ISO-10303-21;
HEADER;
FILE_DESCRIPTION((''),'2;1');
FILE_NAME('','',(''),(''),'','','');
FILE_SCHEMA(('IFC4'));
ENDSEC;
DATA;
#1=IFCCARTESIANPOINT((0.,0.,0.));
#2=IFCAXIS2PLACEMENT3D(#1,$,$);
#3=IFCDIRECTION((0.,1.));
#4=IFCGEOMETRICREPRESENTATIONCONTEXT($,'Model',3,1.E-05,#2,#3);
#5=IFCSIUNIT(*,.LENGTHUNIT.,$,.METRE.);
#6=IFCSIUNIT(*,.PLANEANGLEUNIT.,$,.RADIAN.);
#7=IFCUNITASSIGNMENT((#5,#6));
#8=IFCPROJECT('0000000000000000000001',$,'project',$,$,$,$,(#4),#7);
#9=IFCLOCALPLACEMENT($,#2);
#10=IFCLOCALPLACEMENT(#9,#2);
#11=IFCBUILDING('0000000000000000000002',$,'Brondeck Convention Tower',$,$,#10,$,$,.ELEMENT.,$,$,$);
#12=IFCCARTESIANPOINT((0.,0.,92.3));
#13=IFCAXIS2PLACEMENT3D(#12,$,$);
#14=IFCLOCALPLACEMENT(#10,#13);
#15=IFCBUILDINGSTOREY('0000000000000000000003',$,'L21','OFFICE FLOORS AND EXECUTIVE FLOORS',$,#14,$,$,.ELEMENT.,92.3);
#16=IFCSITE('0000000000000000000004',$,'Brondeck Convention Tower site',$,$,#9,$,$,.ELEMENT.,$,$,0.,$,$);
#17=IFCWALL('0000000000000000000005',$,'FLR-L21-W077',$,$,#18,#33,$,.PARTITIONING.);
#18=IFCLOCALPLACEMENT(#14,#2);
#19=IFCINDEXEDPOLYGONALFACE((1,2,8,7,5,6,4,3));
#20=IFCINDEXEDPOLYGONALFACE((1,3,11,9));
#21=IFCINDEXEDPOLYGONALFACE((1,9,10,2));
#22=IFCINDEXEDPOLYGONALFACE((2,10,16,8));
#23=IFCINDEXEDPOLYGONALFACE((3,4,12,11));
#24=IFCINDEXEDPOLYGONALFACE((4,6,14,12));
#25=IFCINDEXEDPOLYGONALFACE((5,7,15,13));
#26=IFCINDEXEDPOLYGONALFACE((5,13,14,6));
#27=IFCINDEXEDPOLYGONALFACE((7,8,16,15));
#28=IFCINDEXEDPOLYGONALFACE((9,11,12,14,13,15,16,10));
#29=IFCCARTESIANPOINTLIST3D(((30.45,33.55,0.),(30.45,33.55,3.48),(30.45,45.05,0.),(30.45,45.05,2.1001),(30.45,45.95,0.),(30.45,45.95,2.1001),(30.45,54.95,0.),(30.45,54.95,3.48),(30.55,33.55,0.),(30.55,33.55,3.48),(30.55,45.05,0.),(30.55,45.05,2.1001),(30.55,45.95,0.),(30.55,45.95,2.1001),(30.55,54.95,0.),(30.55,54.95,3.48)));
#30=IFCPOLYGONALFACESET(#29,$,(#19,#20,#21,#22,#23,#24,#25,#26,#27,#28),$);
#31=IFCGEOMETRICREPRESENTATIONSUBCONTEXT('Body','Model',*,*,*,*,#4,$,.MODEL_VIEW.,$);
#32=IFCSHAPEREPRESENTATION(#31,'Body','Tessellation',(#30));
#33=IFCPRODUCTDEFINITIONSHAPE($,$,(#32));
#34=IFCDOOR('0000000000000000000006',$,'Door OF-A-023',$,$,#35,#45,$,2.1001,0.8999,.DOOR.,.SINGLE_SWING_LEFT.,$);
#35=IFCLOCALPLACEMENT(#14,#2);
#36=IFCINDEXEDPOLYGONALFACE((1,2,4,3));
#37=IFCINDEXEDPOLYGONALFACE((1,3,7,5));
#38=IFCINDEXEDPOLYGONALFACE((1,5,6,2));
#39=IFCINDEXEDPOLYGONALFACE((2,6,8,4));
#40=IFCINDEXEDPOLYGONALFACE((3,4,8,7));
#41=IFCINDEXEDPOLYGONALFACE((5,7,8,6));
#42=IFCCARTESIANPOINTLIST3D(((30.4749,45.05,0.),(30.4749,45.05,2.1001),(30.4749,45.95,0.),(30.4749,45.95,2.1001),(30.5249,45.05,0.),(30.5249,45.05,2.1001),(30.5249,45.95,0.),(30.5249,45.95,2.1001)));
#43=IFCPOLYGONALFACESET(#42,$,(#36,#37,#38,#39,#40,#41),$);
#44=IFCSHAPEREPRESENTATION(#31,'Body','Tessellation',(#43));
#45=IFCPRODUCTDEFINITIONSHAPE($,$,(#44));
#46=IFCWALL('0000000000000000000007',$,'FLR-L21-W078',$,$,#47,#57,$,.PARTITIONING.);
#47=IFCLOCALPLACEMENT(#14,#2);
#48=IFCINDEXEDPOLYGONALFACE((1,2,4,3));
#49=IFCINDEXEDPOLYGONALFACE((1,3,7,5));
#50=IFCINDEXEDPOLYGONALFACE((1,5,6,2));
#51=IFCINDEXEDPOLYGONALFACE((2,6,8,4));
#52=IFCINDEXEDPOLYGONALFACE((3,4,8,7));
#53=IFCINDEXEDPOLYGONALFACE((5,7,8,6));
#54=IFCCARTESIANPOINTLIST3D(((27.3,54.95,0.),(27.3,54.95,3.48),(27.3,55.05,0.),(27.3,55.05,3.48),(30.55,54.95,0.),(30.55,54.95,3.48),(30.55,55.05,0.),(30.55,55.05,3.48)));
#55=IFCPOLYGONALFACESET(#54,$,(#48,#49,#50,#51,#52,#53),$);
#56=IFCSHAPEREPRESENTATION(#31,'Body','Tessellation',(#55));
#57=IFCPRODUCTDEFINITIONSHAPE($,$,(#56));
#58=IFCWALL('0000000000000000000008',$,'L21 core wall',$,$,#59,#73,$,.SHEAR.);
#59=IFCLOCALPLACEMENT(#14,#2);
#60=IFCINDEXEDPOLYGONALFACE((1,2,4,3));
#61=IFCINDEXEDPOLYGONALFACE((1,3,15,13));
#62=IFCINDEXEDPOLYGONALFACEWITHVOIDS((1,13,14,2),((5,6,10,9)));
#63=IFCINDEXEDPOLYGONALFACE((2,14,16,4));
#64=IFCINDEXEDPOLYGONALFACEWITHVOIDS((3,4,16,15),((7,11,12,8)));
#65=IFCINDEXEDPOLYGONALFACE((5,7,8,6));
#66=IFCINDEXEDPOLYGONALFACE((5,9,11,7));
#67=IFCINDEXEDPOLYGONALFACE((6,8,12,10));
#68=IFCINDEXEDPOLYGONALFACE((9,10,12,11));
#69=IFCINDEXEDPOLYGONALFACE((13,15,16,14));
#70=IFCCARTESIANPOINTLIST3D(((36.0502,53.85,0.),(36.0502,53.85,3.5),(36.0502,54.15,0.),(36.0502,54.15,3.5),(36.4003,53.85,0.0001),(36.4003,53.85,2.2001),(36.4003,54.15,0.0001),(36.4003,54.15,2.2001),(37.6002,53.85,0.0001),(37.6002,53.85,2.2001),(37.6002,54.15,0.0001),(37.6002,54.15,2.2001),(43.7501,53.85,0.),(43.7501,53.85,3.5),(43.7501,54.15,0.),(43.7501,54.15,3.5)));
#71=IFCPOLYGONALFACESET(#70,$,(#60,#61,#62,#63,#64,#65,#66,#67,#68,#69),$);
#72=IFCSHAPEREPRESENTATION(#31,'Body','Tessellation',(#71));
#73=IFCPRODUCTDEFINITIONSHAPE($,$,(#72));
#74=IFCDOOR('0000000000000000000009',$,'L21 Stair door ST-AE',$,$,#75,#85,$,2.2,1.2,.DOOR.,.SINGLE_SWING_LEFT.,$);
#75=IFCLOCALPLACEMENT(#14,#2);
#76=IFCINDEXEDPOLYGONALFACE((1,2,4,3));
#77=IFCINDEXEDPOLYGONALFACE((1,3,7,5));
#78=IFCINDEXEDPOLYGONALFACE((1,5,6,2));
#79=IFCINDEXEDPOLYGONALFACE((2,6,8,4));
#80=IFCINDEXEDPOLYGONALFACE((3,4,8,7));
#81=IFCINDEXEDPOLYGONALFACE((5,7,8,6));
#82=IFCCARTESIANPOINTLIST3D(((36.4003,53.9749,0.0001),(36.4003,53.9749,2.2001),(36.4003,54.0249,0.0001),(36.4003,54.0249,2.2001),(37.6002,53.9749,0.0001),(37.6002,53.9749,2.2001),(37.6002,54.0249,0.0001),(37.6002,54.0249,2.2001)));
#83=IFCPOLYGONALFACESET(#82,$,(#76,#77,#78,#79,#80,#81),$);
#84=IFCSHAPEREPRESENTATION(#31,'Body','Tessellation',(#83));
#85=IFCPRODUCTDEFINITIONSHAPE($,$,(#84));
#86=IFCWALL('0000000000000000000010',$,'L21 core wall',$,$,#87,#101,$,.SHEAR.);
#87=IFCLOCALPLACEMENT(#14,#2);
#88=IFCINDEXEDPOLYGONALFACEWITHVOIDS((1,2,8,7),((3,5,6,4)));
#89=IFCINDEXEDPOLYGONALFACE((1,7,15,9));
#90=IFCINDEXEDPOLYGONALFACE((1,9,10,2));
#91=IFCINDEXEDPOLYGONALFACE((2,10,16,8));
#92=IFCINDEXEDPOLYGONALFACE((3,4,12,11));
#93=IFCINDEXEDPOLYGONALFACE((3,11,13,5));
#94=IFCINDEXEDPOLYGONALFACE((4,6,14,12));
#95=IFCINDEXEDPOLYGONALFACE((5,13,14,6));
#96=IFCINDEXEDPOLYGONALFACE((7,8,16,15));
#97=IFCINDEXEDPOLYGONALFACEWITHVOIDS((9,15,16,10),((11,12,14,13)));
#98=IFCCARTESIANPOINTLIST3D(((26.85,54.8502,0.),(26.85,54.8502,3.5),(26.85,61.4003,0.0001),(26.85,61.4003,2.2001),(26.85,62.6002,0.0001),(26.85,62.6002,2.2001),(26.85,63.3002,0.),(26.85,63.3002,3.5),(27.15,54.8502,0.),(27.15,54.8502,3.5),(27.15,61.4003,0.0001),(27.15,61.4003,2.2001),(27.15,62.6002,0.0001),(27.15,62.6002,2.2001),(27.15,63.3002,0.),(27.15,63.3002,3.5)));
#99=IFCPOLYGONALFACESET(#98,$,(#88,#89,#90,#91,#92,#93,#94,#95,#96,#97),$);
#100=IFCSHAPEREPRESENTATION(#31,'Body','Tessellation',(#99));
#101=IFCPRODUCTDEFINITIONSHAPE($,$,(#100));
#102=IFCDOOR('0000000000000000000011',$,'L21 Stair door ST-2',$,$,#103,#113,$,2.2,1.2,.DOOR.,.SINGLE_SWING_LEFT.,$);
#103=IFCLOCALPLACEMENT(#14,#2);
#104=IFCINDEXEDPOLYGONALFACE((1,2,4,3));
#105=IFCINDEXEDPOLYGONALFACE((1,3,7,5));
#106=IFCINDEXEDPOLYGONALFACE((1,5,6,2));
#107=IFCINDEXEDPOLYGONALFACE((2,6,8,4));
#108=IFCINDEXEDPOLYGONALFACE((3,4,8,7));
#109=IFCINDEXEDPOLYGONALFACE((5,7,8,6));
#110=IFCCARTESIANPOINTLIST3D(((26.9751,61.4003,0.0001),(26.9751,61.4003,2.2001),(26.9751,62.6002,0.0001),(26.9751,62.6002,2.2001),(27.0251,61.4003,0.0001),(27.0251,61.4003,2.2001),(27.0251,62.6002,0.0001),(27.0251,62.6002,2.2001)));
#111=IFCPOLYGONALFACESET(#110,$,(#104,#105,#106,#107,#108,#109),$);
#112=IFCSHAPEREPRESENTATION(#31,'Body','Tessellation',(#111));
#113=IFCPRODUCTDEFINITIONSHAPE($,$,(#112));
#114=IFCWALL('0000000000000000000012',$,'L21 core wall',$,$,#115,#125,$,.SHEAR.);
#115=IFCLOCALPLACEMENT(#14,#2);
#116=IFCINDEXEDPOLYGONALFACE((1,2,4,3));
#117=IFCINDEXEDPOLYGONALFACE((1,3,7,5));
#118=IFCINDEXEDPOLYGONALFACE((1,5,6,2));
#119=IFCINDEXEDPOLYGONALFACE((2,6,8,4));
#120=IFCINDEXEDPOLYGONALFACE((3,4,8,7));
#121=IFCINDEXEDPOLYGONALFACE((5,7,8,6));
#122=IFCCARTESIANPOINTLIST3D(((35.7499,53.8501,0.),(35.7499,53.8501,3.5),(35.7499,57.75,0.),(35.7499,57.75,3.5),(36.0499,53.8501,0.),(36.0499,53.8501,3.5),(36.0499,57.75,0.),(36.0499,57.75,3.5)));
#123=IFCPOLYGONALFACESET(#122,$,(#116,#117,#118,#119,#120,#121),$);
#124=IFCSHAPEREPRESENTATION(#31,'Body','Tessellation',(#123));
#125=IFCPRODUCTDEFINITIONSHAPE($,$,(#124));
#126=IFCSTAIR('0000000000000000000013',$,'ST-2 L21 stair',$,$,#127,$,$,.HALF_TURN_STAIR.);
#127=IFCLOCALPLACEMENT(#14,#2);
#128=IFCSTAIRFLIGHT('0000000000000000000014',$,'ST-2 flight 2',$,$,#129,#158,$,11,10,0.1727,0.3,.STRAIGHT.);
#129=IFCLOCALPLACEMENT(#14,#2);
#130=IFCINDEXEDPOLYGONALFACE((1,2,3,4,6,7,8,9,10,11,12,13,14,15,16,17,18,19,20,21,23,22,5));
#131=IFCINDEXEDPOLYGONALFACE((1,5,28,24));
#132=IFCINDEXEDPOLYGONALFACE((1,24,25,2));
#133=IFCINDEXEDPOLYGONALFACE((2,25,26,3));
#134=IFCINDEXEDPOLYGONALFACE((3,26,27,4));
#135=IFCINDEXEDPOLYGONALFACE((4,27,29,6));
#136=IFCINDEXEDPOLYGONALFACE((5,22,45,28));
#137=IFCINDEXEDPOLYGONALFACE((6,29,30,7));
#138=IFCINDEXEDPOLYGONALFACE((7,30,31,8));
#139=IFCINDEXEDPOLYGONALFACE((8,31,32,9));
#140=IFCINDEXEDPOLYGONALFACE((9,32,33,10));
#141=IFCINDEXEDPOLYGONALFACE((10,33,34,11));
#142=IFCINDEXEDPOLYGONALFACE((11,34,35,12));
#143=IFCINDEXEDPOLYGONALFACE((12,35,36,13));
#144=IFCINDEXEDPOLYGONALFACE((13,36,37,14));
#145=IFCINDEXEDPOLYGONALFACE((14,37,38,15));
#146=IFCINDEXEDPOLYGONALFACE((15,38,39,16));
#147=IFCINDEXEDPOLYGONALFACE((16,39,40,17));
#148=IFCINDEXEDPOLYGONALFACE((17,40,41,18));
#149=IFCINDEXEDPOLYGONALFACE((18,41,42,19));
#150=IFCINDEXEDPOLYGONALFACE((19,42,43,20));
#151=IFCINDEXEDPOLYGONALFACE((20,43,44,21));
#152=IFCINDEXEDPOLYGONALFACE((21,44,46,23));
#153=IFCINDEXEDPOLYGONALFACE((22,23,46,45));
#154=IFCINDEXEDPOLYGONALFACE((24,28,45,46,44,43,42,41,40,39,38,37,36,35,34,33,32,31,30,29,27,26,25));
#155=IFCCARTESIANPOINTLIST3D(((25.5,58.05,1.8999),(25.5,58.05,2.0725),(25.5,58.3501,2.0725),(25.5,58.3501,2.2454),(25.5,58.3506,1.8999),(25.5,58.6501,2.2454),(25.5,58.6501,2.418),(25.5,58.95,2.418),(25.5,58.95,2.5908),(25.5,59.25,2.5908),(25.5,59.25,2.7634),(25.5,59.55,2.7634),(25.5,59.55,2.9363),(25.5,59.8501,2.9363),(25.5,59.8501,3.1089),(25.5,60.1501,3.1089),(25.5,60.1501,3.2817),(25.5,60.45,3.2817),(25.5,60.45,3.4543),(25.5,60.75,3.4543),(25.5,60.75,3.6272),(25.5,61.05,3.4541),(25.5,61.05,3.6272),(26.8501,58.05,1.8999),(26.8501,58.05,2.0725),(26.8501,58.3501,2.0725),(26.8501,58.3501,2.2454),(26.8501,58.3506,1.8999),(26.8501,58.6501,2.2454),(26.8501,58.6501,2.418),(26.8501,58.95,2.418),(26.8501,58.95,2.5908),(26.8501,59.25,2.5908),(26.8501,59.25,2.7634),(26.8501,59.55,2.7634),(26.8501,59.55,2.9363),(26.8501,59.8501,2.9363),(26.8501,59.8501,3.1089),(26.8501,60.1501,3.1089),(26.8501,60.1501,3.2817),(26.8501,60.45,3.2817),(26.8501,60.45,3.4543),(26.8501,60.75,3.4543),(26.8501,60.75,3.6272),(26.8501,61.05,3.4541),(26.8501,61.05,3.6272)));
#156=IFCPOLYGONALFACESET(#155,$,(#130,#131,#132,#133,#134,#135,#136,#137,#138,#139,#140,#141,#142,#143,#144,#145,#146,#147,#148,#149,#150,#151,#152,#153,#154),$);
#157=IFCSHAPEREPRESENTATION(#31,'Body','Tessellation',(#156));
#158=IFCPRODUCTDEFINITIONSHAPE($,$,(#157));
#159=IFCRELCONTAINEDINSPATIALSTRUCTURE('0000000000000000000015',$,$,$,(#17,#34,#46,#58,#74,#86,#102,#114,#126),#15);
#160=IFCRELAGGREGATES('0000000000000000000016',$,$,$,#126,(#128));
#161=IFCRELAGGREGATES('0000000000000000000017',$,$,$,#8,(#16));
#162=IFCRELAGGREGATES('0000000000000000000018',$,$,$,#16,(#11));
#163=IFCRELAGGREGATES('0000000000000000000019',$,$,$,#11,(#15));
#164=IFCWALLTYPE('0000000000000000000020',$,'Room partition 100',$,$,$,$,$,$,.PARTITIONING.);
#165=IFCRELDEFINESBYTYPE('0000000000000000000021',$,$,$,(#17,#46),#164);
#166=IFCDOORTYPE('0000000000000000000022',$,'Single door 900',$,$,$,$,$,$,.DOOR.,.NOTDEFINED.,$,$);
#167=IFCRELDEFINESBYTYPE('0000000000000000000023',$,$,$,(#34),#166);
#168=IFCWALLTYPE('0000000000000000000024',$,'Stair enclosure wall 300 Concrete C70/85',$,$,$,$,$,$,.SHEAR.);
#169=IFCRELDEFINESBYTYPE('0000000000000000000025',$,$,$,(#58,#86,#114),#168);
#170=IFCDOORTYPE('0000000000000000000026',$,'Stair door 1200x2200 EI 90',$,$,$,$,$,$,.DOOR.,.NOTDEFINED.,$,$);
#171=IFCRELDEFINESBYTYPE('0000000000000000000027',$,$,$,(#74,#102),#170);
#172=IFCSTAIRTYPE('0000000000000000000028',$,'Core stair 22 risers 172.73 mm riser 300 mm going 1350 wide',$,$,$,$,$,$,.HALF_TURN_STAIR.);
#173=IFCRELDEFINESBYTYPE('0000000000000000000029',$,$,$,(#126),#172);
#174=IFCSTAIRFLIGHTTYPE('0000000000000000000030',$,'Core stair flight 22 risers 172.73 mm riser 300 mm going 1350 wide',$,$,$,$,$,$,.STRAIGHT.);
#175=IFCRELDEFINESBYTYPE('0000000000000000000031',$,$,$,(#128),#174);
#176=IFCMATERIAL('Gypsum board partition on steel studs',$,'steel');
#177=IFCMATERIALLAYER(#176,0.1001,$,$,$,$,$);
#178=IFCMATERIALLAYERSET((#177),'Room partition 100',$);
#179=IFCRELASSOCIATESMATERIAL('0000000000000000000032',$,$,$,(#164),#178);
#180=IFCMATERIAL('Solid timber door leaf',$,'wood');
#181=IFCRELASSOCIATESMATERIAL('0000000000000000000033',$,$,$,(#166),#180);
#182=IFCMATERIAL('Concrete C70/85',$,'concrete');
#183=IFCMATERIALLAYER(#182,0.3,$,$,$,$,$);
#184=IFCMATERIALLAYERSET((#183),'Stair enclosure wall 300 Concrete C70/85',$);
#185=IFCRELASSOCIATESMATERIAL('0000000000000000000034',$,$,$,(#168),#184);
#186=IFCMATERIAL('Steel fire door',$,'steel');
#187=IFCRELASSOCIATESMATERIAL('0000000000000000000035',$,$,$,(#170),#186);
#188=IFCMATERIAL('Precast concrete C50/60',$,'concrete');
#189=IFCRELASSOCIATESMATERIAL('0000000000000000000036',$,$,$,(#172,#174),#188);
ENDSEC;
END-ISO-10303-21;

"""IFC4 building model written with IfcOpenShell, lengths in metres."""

from ifc_helpers import new_model, si_unit, direction, frame, frame_2d, origin, place, context, subcontext, project, spatial, polyline, rectangle, outline, extrude, material, layer, layer_set, type_object, element, fill, aggregate, save


model = new_model("IFC4")

# Units and contexts
model_context = context("Model", 3, precision=1e-05, world=origin(), true_north=direction((0.0, 1.0)))
body_context = subcontext(model_context, "Body", "Model", "MODEL_VIEW")
ifc_project = project(units=[si_unit("LENGTHUNIT", "METRE"), si_unit("PLANEANGLEUNIT", "RADIAN")], contexts=[model_context])

# Site, building, storey
site_placement = place(None, origin())
site = spatial("IfcSite", under=ifc_project, at=site_placement, Name="Brondeck Convention Tower site", CompositionType="ELEMENT", RefElevation=0.0)
building_placement = place(site_placement, origin())
building = spatial("IfcBuilding", under=site, at=building_placement, Name="Brondeck Convention Tower", CompositionType="ELEMENT")
storey_placement = place(building_placement, frame((0.0, 0.0, 92.3)))
storey = spatial("IfcBuildingStorey", under=building, at=storey_placement, Name="L21", Description="OFFICE FLOORS AND EXECUTIVE FLOORS", CompositionType="ELEMENT", Elevation=92.3)

# Shared definitions
ifc_material_1 = material(Name="Concrete C70/85", Category="concrete")

# Shared definitions
ifc_material_2 = material(Name="Gypsum board partition on steel studs", Category="steel")
ifc_layer_1 = layer(ifc_material_2, 0.1001)
ifc_layer_set_1 = layer_set([ifc_layer_1], Name="Room partition 100")
wall_type_1 = type_object("IfcWallType", Name="Room partition 100", PredefinedType="PARTITIONING", material=ifc_layer_set_1)

# Wall, opening, door
wall_1_placement = place(storey_placement, frame((30.5, 54.95, 0.0), z_axis=(0.0, 0.0, 1.0), x_axis=(0.0, -1.0, 0.0)))
wall_1 = element("IfcWall", 1, at=wall_1_placement, inside=storey, type_object=wall_type_1, Name="FLR-L21-W077", PredefinedType="PARTITIONING", context=body_context, shape_type="SweptSolid", body=[
    extrude(rectangle(XDim=21.3999, YDim=0.1001, at=frame_2d((10.7, 0.0))), origin(), (0.0, 0.0, 1.0), 3.48),
])
opening_1_placement = place(wall_1_placement, frame((9.0, 0.0, 0.0)))
opening_1 = element("IfcOpeningElement", 2, at=opening_1_placement, cuts=wall_1, PredefinedType="OPENING", context=body_context, shape_type="SweptSolid", body=[
    extrude(rectangle(XDim=0.8999, YDim=2.1001, at=frame_2d((0.45, 1.05))), frame((0.0, 0.0601, 0.0), z_axis=(0.0, -1.0, 0.0), x_axis=(1.0, 0.0, 0.0)), (0.0, 0.0, 1.0), 0.1201),
])
ifc_material_3 = material(Name="Solid timber door leaf", Category="wood")
door_type_1 = type_object("IfcDoorType", Name="Single door 900", OperationType="NOTDEFINED", PredefinedType="DOOR", material=ifc_material_3)
door_1_placement = place(opening_1_placement, origin())
door_1 = element("IfcDoor", 3, at=door_1_placement, inside=storey, type_object=door_type_1, Name="Door OF-A-023", OperationType="SINGLE_SWING_LEFT", OverallHeight=2.1001, OverallWidth=0.8999, PredefinedType="DOOR", context=body_context, shape_type="SweptSolid", body=[
    extrude(rectangle(XDim=0.8999, YDim=2.1001, at=frame_2d((0.45, 1.05))), frame((0.0, 0.0249, 0.0), z_axis=(0.0, -1.0, 0.0), x_axis=(1.0, 0.0, 0.0)), (0.0, 0.0, 1.0), 0.05),
])
fill(opening_1, door_1)

# Wall
wall_2_placement = place(storey_placement, frame((27.3, 55.0, 0.0), z_axis=(0.0, 0.0, 1.0), x_axis=(1.0, 0.0, 0.0)))
element("IfcWall", 4, at=wall_2_placement, inside=storey, type_object=wall_type_1, Name="FLR-L21-W078", PredefinedType="PARTITIONING", context=body_context, shape_type="SweptSolid", body=[
    extrude(rectangle(XDim=3.25, YDim=0.1001, at=frame_2d((1.625, 0.0))), origin(), (0.0, 0.0, 1.0), 3.48),
])

# Walls, openings, doors
ifc_layer_2 = layer(ifc_material_1, 0.3)
ifc_layer_set_2 = layer_set([ifc_layer_2], Name="Stair enclosure wall 300 Concrete C70/85")
wall_type_2 = type_object("IfcWallType", Name="Stair enclosure wall 300 Concrete C70/85", PredefinedType="SHEAR", material=ifc_layer_set_2)
wall_3_placement = place(storey_placement, frame((36.05, 54.0, 0.0), z_axis=(0.0, 0.0, 1.0), x_axis=(1.0, 0.0, 0.0)))
wall_3 = element("IfcWall", 5, at=wall_3_placement, inside=storey, type_object=wall_type_2, Name="L21 core wall", PredefinedType="SHEAR", context=body_context, shape_type="SweptSolid", body=[
    extrude(rectangle(XDim=7.7, YDim=0.3, at=frame_2d((3.8501, 0.0))), origin(), (0.0, 0.0, 1.0), 3.5),
])
opening_2_placement = place(wall_3_placement, frame((0.3501, 0.0, 0.0)))
opening_2 = element("IfcOpeningElement", 6, at=opening_2_placement, cuts=wall_3, PredefinedType="OPENING", context=body_context, shape_type="SweptSolid", body=[
    extrude(rectangle(XDim=1.2, YDim=2.2, at=frame_2d((0.6001, 1.1001))), frame((0.0, 0.1599, 0.0), z_axis=(0.0, -1.0, 0.0), x_axis=(1.0, 0.0, 0.0)), (0.0, 0.0, 1.0), 0.3201),
])
ifc_material_4 = material(Name="Steel fire door", Category="steel")
door_type_2 = type_object("IfcDoorType", Name="Stair door 1200x2200 EI 90", OperationType="NOTDEFINED", PredefinedType="DOOR", material=ifc_material_4)
door_2_placement = place(opening_2_placement, origin())
door_2 = element("IfcDoor", 7, at=door_2_placement, inside=storey, type_object=door_type_2, Name="L21 Stair door ST-AE", OperationType="SINGLE_SWING_LEFT", OverallHeight=2.2, OverallWidth=1.2, PredefinedType="DOOR", context=body_context, shape_type="SweptSolid", body=[
    extrude(rectangle(XDim=1.2, YDim=2.2, at=frame_2d((0.6001, 1.1001))), frame((0.0, 0.0249, 0.0), z_axis=(0.0, -1.0, 0.0), x_axis=(1.0, 0.0, 0.0)), (0.0, 0.0, 1.0), 0.05),
])
fill(opening_2, door_2)
wall_4_placement = place(storey_placement, frame((27.0, 54.8501, 0.0), z_axis=(0.0, 0.0, 1.0), x_axis=(0.0, 1.0, 0.0)))
wall_4 = element("IfcWall", 8, at=wall_4_placement, inside=storey, type_object=wall_type_2, Name="L21 core wall", PredefinedType="SHEAR", context=body_context, shape_type="SweptSolid", body=[
    extrude(rectangle(XDim=8.45, YDim=0.3, at=frame_2d((4.2251, 0.0))), origin(), (0.0, 0.0, 1.0), 3.5),
])
opening_3_placement = place(wall_4_placement, frame((6.55, 0.0, 0.0)))
opening_3 = element("IfcOpeningElement", 9, at=opening_3_placement, cuts=wall_4, PredefinedType="OPENING", context=body_context, shape_type="SweptSolid", body=[
    extrude(rectangle(XDim=1.2, YDim=2.2, at=frame_2d((0.6001, 1.1001))), frame((0.0, 0.1599, 0.0), z_axis=(0.0, -1.0, 0.0), x_axis=(1.0, 0.0, 0.0)), (0.0, 0.0, 1.0), 0.3201),
])
door_3_placement = place(opening_3_placement, origin())
door_3 = element("IfcDoor", 10, at=door_3_placement, inside=storey, type_object=door_type_2, Name="L21 Stair door ST-2", OperationType="SINGLE_SWING_LEFT", OverallHeight=2.2, OverallWidth=1.2, PredefinedType="DOOR", context=body_context, shape_type="SweptSolid", body=[
    extrude(rectangle(XDim=1.2, YDim=2.2, at=frame_2d((0.6001, 1.1001))), frame((0.0, 0.0249, 0.0), z_axis=(0.0, -1.0, 0.0), x_axis=(1.0, 0.0, 0.0)), (0.0, 0.0, 1.0), 0.05),
])
fill(opening_3, door_3)

# Wall
wall_5_placement = place(storey_placement, frame((35.8999, 53.8501, 0.0), z_axis=(0.0, 0.0, 1.0), x_axis=(0.0, 1.0, 0.0)))
element("IfcWall", 11, at=wall_5_placement, inside=storey, type_object=wall_type_2, Name="L21 core wall", PredefinedType="SHEAR", context=body_context, shape_type="SweptSolid", body=[
    extrude(rectangle(XDim=3.8999, YDim=0.3, at=frame_2d((1.95, 0.0))), origin(), (0.0, 0.0, 1.0), 3.5),
])

# Stair, stair flight
ifc_material_5 = material(Name="Precast concrete C50/60", Category="concrete")
stair_type = type_object("IfcStairType", Name="Core stair 22 risers 172.73 mm riser 300 mm going 1350 wide", PredefinedType="HALF_TURN_STAIR", material=ifc_material_5)
stair_placement = place(storey_placement, origin())
stair = element("IfcStair", 12, at=stair_placement, inside=storey, type_object=stair_type, Name="ST-2 L21 stair", PredefinedType="HALF_TURN_STAIR")
stair_flight_type = type_object("IfcStairFlightType", Name="Core stair flight 22 risers 172.73 mm riser 300 mm going 1350 wide", PredefinedType="STRAIGHT", material=ifc_material_5)
stair_flight_placement = place(storey_placement, frame((26.175, 58.05, 1.8999), z_axis=(0.0, 0.0, 1.0), x_axis=(0.0, 1.0, 0.0)))
stair_flight = element("IfcStairFlight", 13, at=stair_flight_placement, type_object=stair_flight_type, Name="ST-2 flight 2", NumberOfRisers=11, NumberOfTreads=10, PredefinedType="STRAIGHT", RiserHeight=0.1727, TreadLength=0.3, context=body_context, shape_type="SweptSolid", body=[
    extrude(outline(polyline([(0.0, 0.0), (0.0, 0.1726), (0.3, 0.1726), (0.3, 0.3455), (0.6001, 0.3455), (0.6001, 0.5181), (0.8999, 0.5181), (0.8999, 0.6909), (1.2, 0.6909), (1.2, 0.8635), (1.5, 0.8635), (1.5, 1.0364), (1.8, 1.0364), (1.8, 1.209), (2.1001, 1.209), (2.1001, 1.3818), (2.3999, 1.3818), (2.3999, 1.5544), (2.7, 1.5544), (2.7, 1.7273), (3.0, 1.7273), (3.0, 1.8999), (3.0, 1.5542), (0.3005, 0.0), (0.0, 0.0)])), frame((0.0, 0.675, 0.0), z_axis=(0.0, -1.0, 0.0), x_axis=(1.0, 0.0, 0.0)), (0.0, 0.0, 1.0), 1.3501),
])
aggregate(stair, [stair_flight])

save(model, "model.ifc")
